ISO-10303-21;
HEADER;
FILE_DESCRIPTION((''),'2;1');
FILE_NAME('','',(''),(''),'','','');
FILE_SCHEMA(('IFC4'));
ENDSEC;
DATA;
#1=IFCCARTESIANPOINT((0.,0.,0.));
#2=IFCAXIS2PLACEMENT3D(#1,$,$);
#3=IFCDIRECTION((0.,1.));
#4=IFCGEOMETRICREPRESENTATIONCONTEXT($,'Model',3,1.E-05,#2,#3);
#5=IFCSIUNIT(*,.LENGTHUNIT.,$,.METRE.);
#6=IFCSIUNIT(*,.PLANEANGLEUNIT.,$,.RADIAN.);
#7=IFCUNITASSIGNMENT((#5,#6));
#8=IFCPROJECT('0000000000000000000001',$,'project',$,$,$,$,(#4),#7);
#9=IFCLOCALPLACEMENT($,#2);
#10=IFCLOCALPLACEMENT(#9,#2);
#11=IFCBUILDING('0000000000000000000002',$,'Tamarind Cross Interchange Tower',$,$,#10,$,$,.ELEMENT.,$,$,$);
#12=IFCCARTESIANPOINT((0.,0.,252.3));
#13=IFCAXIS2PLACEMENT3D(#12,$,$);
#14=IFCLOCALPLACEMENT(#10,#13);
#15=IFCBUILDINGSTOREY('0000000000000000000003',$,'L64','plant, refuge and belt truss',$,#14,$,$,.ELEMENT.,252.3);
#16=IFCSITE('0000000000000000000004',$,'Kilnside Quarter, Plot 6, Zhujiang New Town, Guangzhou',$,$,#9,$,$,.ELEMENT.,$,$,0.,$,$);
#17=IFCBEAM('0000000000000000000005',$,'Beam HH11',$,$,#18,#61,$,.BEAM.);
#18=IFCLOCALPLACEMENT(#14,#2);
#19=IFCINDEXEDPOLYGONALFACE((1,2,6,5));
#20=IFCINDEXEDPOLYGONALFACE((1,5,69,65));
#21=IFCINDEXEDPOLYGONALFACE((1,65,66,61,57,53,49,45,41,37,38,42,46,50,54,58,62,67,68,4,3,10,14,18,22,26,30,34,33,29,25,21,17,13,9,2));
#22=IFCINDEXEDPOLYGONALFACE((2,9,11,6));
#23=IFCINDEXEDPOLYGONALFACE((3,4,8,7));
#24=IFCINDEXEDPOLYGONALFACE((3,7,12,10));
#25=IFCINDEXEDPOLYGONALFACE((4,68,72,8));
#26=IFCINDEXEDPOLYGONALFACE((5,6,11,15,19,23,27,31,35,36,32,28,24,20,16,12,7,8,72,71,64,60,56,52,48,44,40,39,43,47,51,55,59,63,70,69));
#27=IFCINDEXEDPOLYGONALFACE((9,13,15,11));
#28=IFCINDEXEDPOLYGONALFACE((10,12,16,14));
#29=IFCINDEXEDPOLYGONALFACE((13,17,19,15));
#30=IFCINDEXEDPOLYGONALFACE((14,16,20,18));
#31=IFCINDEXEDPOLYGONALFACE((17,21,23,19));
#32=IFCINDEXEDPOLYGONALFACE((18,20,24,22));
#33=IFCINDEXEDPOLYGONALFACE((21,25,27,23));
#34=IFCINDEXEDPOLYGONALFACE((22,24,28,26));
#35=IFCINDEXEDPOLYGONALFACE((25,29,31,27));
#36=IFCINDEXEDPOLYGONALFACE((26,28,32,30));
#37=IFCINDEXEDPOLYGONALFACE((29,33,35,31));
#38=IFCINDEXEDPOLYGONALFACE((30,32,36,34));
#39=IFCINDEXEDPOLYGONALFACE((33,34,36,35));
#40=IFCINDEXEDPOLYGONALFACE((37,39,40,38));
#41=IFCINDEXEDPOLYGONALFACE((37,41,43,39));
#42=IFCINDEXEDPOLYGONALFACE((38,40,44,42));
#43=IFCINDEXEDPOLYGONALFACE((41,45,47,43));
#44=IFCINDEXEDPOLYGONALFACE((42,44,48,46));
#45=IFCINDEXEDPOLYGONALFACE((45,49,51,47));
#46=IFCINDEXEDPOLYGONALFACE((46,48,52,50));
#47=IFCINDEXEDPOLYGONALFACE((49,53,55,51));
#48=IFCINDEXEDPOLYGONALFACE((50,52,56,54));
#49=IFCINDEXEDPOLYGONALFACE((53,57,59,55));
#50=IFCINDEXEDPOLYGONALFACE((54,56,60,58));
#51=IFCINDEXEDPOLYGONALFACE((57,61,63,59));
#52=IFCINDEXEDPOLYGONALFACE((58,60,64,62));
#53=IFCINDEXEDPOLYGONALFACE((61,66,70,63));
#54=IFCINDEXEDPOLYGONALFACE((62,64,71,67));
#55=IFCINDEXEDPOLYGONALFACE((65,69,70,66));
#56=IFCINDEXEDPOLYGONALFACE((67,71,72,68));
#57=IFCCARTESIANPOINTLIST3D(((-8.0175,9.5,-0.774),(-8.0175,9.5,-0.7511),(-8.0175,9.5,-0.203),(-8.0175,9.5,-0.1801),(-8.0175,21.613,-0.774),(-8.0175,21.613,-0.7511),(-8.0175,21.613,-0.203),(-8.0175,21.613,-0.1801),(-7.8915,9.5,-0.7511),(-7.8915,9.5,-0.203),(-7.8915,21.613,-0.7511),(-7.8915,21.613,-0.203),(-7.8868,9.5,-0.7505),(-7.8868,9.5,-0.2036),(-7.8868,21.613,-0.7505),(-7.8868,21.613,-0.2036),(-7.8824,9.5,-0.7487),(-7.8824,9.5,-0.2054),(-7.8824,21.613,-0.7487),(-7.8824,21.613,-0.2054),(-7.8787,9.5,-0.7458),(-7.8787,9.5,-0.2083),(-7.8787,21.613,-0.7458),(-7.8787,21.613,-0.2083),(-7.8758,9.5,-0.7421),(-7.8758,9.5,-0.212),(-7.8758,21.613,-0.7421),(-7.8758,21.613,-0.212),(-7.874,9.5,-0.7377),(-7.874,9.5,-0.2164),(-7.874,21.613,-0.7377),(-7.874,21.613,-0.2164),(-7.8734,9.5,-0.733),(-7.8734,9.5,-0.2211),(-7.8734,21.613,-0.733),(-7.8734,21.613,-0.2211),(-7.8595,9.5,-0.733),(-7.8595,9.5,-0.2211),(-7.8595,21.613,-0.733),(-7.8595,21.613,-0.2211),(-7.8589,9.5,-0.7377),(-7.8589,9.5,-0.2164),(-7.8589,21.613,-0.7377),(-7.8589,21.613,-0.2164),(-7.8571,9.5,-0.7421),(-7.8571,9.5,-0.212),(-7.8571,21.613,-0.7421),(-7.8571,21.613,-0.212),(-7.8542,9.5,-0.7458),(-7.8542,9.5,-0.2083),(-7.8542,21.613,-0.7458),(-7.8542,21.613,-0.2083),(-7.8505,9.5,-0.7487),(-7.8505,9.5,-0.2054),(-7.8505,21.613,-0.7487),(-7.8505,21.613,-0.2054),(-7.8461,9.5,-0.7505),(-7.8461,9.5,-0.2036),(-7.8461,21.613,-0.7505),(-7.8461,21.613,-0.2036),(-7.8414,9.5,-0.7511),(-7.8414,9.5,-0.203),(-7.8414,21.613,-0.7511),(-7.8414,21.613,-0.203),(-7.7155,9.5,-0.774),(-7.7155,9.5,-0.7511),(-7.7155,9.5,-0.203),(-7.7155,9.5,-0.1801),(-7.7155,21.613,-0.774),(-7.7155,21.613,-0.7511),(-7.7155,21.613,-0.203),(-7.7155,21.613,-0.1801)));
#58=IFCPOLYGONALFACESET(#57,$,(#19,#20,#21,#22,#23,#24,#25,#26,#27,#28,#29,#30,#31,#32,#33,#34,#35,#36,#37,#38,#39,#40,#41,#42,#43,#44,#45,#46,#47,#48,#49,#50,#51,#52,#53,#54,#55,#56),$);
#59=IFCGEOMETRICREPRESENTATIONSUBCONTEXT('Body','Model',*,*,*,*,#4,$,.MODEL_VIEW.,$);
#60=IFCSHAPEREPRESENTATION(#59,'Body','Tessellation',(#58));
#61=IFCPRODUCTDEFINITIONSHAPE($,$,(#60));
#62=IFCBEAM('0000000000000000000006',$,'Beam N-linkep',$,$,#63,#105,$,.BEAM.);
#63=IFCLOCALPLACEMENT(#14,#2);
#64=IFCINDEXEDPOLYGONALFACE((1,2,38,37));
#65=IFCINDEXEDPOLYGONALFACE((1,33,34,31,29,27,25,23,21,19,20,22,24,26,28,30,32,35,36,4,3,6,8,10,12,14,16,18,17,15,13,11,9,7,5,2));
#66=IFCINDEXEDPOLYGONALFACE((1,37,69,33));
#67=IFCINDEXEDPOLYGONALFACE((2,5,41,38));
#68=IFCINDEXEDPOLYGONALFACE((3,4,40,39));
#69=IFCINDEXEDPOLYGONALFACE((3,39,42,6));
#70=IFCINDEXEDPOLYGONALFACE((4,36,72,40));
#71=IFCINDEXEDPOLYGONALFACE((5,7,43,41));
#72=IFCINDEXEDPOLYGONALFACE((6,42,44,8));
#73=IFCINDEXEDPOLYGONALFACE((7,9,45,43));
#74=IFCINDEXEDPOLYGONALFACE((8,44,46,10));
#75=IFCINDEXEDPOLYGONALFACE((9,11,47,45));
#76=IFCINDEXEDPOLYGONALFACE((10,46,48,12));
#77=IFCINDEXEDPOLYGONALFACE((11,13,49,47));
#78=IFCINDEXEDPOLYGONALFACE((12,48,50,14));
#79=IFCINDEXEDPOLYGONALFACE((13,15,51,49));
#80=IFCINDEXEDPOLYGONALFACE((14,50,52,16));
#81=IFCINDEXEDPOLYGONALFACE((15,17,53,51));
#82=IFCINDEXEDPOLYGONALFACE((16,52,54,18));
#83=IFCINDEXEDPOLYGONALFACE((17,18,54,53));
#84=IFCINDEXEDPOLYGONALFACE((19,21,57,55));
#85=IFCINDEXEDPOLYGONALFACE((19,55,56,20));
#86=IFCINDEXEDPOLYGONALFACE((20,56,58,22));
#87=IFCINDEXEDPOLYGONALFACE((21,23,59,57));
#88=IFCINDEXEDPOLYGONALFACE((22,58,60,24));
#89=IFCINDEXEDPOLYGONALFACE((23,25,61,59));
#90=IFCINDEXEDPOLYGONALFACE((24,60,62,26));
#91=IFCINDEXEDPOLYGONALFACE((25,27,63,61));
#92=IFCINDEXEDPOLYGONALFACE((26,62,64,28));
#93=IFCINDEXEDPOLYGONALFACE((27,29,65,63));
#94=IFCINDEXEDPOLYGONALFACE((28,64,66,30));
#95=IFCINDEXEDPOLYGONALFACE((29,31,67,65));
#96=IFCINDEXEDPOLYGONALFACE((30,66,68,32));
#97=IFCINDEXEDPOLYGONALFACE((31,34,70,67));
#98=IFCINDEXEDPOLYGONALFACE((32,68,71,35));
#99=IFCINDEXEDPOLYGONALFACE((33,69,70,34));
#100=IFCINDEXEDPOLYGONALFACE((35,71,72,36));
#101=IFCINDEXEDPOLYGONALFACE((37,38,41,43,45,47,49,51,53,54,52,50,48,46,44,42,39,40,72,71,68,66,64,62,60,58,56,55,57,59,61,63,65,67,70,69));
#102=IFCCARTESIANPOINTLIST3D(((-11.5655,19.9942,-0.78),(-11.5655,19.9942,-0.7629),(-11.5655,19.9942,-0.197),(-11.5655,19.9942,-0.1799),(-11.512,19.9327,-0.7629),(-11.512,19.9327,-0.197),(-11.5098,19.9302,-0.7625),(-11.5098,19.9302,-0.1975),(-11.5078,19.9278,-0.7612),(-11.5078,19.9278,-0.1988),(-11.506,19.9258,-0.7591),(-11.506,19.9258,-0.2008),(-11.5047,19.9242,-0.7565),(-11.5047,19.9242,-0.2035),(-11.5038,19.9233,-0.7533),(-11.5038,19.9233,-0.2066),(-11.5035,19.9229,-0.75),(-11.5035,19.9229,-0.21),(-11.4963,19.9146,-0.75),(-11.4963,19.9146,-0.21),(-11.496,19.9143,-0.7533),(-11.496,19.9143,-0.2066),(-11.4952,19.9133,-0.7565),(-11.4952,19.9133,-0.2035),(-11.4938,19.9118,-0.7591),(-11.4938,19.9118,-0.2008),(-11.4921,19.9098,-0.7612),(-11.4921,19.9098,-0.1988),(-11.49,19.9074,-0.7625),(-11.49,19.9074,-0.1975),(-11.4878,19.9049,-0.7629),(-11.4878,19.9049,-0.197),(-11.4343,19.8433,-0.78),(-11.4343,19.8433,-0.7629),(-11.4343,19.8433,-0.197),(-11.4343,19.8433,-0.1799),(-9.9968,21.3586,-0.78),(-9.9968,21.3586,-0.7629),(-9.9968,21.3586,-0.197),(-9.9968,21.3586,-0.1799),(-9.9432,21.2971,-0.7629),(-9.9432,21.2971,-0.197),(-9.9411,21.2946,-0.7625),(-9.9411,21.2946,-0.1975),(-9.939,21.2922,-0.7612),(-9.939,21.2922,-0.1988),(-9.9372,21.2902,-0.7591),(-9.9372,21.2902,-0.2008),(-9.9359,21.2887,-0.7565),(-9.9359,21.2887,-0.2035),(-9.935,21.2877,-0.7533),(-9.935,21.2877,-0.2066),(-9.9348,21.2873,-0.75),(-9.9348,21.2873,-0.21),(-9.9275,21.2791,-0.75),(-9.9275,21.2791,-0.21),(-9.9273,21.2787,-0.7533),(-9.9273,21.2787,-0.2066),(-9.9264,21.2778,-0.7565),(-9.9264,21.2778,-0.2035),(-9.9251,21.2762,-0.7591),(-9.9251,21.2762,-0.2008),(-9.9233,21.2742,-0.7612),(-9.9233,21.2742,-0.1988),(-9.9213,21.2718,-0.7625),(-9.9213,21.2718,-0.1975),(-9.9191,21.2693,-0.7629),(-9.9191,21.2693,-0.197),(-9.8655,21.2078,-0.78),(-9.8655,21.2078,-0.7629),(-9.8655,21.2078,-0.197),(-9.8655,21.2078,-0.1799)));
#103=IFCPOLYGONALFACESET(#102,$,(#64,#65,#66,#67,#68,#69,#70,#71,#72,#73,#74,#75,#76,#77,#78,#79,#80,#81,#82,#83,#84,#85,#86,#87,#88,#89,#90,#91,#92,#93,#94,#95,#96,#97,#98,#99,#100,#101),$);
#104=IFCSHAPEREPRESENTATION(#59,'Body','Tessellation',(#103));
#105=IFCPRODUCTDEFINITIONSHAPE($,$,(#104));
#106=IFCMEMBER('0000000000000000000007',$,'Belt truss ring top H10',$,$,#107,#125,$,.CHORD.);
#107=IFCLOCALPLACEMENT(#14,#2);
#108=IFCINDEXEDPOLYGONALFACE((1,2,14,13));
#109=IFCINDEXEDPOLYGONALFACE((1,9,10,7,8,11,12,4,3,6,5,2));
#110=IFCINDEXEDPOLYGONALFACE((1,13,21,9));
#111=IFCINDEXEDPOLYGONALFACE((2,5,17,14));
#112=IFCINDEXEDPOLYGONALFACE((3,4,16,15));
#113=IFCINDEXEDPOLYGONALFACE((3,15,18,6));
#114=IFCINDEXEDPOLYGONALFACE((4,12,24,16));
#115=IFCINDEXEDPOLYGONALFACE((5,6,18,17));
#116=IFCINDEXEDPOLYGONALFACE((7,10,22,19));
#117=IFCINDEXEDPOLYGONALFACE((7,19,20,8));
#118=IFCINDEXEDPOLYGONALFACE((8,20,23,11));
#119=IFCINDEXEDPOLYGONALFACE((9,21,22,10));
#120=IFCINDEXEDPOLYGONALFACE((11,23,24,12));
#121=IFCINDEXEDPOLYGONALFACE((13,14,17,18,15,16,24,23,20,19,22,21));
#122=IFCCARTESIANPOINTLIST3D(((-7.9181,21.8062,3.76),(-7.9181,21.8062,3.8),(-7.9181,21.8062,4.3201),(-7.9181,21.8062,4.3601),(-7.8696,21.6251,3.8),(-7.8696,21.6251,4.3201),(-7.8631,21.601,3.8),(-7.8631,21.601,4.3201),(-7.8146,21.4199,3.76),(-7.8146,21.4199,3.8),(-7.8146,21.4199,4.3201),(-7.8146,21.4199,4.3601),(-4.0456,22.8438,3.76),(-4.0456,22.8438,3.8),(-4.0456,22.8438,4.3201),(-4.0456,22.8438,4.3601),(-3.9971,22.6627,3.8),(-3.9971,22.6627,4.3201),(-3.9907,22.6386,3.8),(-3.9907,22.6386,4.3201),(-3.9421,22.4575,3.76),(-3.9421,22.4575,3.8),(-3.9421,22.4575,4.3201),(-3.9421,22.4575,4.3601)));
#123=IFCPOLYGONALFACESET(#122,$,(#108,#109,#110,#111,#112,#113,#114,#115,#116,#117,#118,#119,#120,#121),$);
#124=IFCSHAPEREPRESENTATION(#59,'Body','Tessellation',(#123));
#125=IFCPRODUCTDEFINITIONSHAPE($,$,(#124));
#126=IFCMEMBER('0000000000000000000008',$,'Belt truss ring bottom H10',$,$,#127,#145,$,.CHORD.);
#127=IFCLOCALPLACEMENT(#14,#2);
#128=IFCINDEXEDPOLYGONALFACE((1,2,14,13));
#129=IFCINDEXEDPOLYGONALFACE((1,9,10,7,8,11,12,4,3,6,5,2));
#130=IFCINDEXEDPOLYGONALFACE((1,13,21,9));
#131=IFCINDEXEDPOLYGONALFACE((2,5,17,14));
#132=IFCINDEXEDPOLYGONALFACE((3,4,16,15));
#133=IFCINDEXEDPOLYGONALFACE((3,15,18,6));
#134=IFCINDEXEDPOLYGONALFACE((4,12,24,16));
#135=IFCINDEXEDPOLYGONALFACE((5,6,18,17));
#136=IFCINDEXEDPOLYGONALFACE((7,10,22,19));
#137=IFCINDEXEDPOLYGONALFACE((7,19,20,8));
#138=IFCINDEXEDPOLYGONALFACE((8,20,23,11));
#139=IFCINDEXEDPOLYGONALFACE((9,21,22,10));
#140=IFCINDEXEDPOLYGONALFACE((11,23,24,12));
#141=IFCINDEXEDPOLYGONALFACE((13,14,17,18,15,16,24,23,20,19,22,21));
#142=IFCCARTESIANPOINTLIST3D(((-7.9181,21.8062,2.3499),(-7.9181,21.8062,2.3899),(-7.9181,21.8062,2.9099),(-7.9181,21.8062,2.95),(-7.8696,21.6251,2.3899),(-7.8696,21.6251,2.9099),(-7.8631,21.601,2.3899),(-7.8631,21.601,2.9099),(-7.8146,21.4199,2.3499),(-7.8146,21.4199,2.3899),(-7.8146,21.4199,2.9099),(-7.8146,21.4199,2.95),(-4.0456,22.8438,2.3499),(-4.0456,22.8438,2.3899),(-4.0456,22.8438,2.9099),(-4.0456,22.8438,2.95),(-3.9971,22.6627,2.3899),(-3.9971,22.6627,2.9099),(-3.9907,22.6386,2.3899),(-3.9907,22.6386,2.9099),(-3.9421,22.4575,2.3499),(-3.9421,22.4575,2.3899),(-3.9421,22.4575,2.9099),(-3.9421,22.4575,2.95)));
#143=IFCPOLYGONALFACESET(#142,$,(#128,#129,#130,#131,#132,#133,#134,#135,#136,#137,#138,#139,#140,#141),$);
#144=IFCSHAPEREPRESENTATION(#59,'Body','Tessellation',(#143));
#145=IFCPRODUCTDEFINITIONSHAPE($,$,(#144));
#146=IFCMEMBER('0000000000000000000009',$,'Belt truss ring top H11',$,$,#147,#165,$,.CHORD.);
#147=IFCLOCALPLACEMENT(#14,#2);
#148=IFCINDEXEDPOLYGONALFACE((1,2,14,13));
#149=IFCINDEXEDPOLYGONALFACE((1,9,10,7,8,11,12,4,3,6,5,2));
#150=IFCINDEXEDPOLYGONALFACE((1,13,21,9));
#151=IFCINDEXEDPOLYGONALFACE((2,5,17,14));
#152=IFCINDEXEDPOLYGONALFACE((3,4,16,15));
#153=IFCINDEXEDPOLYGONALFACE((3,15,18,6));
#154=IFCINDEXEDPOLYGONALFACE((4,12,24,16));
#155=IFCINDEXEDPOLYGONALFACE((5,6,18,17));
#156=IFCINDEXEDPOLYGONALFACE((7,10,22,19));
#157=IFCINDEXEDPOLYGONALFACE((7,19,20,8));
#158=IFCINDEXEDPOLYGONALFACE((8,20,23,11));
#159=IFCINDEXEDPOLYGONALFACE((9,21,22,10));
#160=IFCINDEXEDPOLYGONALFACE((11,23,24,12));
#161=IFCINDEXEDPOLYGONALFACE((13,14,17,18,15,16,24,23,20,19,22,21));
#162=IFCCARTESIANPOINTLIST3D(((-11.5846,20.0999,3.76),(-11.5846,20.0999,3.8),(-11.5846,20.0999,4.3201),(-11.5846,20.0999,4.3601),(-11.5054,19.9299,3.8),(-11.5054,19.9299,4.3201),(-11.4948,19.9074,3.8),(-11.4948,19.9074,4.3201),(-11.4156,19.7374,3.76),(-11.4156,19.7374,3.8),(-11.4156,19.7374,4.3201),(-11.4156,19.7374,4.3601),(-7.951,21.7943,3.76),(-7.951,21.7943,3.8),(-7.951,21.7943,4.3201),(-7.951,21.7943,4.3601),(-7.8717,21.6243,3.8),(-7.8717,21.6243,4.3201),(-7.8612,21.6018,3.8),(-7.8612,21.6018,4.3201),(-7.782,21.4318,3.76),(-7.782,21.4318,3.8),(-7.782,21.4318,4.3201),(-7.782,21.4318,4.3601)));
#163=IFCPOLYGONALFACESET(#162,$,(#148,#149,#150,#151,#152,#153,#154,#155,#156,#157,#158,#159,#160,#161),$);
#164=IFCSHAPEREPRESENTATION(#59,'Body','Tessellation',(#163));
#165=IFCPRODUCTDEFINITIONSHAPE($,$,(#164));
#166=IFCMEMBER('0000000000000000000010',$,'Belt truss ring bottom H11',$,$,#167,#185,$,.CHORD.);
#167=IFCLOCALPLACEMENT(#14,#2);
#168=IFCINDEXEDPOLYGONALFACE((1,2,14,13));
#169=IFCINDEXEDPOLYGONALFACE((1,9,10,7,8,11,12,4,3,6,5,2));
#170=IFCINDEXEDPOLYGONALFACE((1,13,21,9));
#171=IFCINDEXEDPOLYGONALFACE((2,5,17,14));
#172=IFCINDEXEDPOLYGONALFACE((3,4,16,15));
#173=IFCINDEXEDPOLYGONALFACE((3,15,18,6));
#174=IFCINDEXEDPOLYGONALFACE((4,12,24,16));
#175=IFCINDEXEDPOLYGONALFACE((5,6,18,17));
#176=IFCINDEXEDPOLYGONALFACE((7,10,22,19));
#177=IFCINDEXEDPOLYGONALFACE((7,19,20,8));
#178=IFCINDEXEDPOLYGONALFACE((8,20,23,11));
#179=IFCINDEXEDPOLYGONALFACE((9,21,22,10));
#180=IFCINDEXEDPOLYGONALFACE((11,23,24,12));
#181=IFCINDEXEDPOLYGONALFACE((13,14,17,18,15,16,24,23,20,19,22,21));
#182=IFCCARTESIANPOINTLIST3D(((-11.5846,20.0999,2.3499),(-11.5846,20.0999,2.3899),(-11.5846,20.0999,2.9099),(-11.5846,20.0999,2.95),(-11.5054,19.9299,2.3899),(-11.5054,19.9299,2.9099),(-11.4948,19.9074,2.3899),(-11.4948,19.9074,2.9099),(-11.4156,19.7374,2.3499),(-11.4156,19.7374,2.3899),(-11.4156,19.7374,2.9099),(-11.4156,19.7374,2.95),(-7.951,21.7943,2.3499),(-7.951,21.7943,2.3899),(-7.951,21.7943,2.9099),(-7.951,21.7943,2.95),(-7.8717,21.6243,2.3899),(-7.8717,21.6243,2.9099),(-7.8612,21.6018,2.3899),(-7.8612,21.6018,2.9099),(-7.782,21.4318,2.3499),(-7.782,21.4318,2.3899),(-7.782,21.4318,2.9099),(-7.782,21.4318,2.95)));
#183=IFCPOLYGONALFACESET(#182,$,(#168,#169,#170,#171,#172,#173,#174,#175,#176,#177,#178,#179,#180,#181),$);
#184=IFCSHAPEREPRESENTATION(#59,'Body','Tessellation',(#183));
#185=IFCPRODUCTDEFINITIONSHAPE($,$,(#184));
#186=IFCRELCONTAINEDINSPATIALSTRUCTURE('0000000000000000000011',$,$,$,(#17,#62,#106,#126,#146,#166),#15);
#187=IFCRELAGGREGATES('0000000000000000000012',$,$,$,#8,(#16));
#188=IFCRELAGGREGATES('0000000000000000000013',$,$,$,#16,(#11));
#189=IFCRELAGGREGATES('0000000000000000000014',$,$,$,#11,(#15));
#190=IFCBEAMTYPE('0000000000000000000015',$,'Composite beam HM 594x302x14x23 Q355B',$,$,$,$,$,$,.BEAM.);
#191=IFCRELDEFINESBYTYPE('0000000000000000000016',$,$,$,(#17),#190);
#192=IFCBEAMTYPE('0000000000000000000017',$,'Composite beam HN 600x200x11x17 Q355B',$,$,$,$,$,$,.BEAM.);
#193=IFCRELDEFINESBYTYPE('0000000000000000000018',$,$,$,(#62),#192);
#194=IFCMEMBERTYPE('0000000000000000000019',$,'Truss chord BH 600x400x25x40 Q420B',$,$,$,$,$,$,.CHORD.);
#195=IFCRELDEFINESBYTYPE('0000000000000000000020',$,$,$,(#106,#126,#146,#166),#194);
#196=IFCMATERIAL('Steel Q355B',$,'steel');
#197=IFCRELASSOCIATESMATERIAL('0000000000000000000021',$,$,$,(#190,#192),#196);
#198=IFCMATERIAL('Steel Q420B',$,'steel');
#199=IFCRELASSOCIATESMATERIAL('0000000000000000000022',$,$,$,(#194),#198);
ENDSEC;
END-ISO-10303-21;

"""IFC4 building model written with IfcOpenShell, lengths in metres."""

from ifc_helpers import new_model, si_unit, direction, frame, origin, origin_2d, place, context, subcontext, project, spatial, i_section, extrude, material, material_profile, profile_set, type_object, element, save


model = new_model("IFC4")

# Units and contexts
model_context = context("Model", 3, precision=1e-05, world=origin(), true_north=direction((0.0, 1.0)))
body_context = subcontext(model_context, "Body", "Model", "MODEL_VIEW")
ifc_project = project(units=[si_unit("LENGTHUNIT", "METRE"), si_unit("PLANEANGLEUNIT", "RADIAN")], contexts=[model_context])

# Site, building, storey
site_placement = place(None, origin())
site = spatial("IfcSite", under=ifc_project, at=site_placement, Name="Kilnside Quarter, Plot 6, Zhujiang New Town, Guangzhou", CompositionType="ELEMENT", RefElevation=0.0)
building_placement = place(site_placement, origin())
building = spatial("IfcBuilding", under=site, at=building_placement, Name="Tamarind Cross Interchange Tower", CompositionType="ELEMENT")
storey_placement = place(building_placement, frame((0.0, 0.0, 252.3)))
storey = spatial("IfcBuildingStorey", under=building, at=storey_placement, Name="L64", Description="plant, refuge and belt truss", CompositionType="ELEMENT", Elevation=252.3)

# Beams
ifc_material_1 = material(Name="Steel Q355B", Category="steel")
ifc_material_profile_1 = material_profile(ifc_material_1, i_section(OverallWidth=0.302, OverallDepth=0.594, WebThickness=0.0139, FlangeThickness=0.0229, FilletRadius=0.0181, at=origin_2d()), Name="HM 594x302x14x23")
ifc_profile_set_1 = profile_set([ifc_material_profile_1], Name="Steel Q355B")
beam_type_1 = type_object("IfcBeamType", Name="Composite beam HM 594x302x14x23 Q355B", PredefinedType="BEAM", material=ifc_profile_set_1)
beam_1_placement = place(storey_placement, frame((-7.8665, 21.613, -0.4771), z_axis=(0.0, -1.0, 0.0), x_axis=(1.0, 0.0, 0.0)))
element("IfcBeam", 1, at=beam_1_placement, inside=storey, type_object=beam_type_1, Name="Beam HH11", PredefinedType="BEAM", context=body_context, shape_type="SweptSolid", body=[
    extrude(i_section(OverallWidth=0.302, OverallDepth=0.594, WebThickness=0.0139, FlangeThickness=0.0229, FilletRadius=0.0181, at=origin_2d()), origin(), (0.0, 0.0, 1.0), 12.113),
])
ifc_material_profile_2 = material_profile(ifc_material_1, i_section(OverallWidth=0.2, OverallDepth=0.6001, WebThickness=0.011, FlangeThickness=0.0171, FilletRadius=0.0129, at=origin_2d()), Name="HN 600x200x11x17")
ifc_profile_set_2 = profile_set([ifc_material_profile_2], Name="Steel Q355B")
beam_type_2 = type_object("IfcBeamType", Name="Composite beam HN 600x200x11x17 Q355B", PredefinedType="BEAM", material=ifc_profile_set_2)
beam_2_placement = place(storey_placement, frame((-9.9312, 21.2832, -0.48), z_axis=(-0.754537, -0.656257, 0.0), x_axis=(0.656257, -0.754537, 0.0)))
element("IfcBeam", 2, at=beam_2_placement, inside=storey, type_object=beam_type_2, Name="Beam N-linkep", PredefinedType="BEAM", context=body_context, shape_type="SweptSolid", body=[
    extrude(i_section(OverallWidth=0.2, OverallDepth=0.6001, WebThickness=0.011, FlangeThickness=0.0171, FilletRadius=0.0129, at=origin_2d()), origin(), (0.0, 0.0, 1.0), 2.0791),
])

# Members
ifc_material_2 = material(Name="Steel Q420B", Category="steel")
ifc_material_profile_3 = material_profile(ifc_material_2, i_section(OverallWidth=0.3999, OverallDepth=0.6001, WebThickness=0.0249, FlangeThickness=0.04, at=origin_2d()), Name="BH 600x400x25x40")
ifc_profile_set_3 = profile_set([ifc_material_profile_3], Name="Steel Q420B")
member_type_1 = type_object("IfcMemberType", Name="Truss chord BH 600x400x25x40 Q420B", PredefinedType="CHORD", material=ifc_profile_set_3)
for number, where, z_axis, x_axis, name in (
    (3, (-3.9939, 22.6506, 4.0601), (-0.965929, -0.258807, 0.0), (0.258807, -0.965929, 0.0), "Belt truss ring top H10"),
    (4, (-3.9939, 22.6506, 2.6499), (-0.965929, -0.258807, 0.0), (0.258807, -0.965929, 0.0), "Belt truss ring bottom H10"),
):
    element("IfcMember", number, at=place(storey_placement, frame(where, z_axis=z_axis, x_axis=x_axis)), inside=storey, type_object=member_type_1, Name=name, PredefinedType="CHORD", context=body_context, shape_type="SweptSolid", body=[
        extrude(i_section(OverallWidth=0.3999, OverallDepth=0.6001, WebThickness=0.0249, FlangeThickness=0.04, at=origin_2d()), origin(), (0.0, 0.0, 1.0), 4.009),
    ])
for number, where, z_axis, x_axis, name in (
    (5, (-7.8665, 21.613, 4.0601), (-0.906309, -0.422615, 0.0), (0.422615, -0.906309, 0.0), "Belt truss ring top H11"),
    (6, (-7.8665, 21.613, 2.6499), (-0.906309, -0.422615, 0.0), (0.422615, -0.906309, 0.0), "Belt truss ring bottom H11"),
):
    element("IfcMember", number, at=place(storey_placement, frame(where, z_axis=z_axis, x_axis=x_axis)), inside=storey, type_object=member_type_1, Name=name, PredefinedType="CHORD", context=body_context, shape_type="SweptSolid", body=[
        extrude(i_section(OverallWidth=0.3999, OverallDepth=0.6001, WebThickness=0.0249, FlangeThickness=0.04, at=origin_2d()), origin(), (0.0, 0.0, 1.0), 4.0093),
    ])

save(model, "model.ifc")
